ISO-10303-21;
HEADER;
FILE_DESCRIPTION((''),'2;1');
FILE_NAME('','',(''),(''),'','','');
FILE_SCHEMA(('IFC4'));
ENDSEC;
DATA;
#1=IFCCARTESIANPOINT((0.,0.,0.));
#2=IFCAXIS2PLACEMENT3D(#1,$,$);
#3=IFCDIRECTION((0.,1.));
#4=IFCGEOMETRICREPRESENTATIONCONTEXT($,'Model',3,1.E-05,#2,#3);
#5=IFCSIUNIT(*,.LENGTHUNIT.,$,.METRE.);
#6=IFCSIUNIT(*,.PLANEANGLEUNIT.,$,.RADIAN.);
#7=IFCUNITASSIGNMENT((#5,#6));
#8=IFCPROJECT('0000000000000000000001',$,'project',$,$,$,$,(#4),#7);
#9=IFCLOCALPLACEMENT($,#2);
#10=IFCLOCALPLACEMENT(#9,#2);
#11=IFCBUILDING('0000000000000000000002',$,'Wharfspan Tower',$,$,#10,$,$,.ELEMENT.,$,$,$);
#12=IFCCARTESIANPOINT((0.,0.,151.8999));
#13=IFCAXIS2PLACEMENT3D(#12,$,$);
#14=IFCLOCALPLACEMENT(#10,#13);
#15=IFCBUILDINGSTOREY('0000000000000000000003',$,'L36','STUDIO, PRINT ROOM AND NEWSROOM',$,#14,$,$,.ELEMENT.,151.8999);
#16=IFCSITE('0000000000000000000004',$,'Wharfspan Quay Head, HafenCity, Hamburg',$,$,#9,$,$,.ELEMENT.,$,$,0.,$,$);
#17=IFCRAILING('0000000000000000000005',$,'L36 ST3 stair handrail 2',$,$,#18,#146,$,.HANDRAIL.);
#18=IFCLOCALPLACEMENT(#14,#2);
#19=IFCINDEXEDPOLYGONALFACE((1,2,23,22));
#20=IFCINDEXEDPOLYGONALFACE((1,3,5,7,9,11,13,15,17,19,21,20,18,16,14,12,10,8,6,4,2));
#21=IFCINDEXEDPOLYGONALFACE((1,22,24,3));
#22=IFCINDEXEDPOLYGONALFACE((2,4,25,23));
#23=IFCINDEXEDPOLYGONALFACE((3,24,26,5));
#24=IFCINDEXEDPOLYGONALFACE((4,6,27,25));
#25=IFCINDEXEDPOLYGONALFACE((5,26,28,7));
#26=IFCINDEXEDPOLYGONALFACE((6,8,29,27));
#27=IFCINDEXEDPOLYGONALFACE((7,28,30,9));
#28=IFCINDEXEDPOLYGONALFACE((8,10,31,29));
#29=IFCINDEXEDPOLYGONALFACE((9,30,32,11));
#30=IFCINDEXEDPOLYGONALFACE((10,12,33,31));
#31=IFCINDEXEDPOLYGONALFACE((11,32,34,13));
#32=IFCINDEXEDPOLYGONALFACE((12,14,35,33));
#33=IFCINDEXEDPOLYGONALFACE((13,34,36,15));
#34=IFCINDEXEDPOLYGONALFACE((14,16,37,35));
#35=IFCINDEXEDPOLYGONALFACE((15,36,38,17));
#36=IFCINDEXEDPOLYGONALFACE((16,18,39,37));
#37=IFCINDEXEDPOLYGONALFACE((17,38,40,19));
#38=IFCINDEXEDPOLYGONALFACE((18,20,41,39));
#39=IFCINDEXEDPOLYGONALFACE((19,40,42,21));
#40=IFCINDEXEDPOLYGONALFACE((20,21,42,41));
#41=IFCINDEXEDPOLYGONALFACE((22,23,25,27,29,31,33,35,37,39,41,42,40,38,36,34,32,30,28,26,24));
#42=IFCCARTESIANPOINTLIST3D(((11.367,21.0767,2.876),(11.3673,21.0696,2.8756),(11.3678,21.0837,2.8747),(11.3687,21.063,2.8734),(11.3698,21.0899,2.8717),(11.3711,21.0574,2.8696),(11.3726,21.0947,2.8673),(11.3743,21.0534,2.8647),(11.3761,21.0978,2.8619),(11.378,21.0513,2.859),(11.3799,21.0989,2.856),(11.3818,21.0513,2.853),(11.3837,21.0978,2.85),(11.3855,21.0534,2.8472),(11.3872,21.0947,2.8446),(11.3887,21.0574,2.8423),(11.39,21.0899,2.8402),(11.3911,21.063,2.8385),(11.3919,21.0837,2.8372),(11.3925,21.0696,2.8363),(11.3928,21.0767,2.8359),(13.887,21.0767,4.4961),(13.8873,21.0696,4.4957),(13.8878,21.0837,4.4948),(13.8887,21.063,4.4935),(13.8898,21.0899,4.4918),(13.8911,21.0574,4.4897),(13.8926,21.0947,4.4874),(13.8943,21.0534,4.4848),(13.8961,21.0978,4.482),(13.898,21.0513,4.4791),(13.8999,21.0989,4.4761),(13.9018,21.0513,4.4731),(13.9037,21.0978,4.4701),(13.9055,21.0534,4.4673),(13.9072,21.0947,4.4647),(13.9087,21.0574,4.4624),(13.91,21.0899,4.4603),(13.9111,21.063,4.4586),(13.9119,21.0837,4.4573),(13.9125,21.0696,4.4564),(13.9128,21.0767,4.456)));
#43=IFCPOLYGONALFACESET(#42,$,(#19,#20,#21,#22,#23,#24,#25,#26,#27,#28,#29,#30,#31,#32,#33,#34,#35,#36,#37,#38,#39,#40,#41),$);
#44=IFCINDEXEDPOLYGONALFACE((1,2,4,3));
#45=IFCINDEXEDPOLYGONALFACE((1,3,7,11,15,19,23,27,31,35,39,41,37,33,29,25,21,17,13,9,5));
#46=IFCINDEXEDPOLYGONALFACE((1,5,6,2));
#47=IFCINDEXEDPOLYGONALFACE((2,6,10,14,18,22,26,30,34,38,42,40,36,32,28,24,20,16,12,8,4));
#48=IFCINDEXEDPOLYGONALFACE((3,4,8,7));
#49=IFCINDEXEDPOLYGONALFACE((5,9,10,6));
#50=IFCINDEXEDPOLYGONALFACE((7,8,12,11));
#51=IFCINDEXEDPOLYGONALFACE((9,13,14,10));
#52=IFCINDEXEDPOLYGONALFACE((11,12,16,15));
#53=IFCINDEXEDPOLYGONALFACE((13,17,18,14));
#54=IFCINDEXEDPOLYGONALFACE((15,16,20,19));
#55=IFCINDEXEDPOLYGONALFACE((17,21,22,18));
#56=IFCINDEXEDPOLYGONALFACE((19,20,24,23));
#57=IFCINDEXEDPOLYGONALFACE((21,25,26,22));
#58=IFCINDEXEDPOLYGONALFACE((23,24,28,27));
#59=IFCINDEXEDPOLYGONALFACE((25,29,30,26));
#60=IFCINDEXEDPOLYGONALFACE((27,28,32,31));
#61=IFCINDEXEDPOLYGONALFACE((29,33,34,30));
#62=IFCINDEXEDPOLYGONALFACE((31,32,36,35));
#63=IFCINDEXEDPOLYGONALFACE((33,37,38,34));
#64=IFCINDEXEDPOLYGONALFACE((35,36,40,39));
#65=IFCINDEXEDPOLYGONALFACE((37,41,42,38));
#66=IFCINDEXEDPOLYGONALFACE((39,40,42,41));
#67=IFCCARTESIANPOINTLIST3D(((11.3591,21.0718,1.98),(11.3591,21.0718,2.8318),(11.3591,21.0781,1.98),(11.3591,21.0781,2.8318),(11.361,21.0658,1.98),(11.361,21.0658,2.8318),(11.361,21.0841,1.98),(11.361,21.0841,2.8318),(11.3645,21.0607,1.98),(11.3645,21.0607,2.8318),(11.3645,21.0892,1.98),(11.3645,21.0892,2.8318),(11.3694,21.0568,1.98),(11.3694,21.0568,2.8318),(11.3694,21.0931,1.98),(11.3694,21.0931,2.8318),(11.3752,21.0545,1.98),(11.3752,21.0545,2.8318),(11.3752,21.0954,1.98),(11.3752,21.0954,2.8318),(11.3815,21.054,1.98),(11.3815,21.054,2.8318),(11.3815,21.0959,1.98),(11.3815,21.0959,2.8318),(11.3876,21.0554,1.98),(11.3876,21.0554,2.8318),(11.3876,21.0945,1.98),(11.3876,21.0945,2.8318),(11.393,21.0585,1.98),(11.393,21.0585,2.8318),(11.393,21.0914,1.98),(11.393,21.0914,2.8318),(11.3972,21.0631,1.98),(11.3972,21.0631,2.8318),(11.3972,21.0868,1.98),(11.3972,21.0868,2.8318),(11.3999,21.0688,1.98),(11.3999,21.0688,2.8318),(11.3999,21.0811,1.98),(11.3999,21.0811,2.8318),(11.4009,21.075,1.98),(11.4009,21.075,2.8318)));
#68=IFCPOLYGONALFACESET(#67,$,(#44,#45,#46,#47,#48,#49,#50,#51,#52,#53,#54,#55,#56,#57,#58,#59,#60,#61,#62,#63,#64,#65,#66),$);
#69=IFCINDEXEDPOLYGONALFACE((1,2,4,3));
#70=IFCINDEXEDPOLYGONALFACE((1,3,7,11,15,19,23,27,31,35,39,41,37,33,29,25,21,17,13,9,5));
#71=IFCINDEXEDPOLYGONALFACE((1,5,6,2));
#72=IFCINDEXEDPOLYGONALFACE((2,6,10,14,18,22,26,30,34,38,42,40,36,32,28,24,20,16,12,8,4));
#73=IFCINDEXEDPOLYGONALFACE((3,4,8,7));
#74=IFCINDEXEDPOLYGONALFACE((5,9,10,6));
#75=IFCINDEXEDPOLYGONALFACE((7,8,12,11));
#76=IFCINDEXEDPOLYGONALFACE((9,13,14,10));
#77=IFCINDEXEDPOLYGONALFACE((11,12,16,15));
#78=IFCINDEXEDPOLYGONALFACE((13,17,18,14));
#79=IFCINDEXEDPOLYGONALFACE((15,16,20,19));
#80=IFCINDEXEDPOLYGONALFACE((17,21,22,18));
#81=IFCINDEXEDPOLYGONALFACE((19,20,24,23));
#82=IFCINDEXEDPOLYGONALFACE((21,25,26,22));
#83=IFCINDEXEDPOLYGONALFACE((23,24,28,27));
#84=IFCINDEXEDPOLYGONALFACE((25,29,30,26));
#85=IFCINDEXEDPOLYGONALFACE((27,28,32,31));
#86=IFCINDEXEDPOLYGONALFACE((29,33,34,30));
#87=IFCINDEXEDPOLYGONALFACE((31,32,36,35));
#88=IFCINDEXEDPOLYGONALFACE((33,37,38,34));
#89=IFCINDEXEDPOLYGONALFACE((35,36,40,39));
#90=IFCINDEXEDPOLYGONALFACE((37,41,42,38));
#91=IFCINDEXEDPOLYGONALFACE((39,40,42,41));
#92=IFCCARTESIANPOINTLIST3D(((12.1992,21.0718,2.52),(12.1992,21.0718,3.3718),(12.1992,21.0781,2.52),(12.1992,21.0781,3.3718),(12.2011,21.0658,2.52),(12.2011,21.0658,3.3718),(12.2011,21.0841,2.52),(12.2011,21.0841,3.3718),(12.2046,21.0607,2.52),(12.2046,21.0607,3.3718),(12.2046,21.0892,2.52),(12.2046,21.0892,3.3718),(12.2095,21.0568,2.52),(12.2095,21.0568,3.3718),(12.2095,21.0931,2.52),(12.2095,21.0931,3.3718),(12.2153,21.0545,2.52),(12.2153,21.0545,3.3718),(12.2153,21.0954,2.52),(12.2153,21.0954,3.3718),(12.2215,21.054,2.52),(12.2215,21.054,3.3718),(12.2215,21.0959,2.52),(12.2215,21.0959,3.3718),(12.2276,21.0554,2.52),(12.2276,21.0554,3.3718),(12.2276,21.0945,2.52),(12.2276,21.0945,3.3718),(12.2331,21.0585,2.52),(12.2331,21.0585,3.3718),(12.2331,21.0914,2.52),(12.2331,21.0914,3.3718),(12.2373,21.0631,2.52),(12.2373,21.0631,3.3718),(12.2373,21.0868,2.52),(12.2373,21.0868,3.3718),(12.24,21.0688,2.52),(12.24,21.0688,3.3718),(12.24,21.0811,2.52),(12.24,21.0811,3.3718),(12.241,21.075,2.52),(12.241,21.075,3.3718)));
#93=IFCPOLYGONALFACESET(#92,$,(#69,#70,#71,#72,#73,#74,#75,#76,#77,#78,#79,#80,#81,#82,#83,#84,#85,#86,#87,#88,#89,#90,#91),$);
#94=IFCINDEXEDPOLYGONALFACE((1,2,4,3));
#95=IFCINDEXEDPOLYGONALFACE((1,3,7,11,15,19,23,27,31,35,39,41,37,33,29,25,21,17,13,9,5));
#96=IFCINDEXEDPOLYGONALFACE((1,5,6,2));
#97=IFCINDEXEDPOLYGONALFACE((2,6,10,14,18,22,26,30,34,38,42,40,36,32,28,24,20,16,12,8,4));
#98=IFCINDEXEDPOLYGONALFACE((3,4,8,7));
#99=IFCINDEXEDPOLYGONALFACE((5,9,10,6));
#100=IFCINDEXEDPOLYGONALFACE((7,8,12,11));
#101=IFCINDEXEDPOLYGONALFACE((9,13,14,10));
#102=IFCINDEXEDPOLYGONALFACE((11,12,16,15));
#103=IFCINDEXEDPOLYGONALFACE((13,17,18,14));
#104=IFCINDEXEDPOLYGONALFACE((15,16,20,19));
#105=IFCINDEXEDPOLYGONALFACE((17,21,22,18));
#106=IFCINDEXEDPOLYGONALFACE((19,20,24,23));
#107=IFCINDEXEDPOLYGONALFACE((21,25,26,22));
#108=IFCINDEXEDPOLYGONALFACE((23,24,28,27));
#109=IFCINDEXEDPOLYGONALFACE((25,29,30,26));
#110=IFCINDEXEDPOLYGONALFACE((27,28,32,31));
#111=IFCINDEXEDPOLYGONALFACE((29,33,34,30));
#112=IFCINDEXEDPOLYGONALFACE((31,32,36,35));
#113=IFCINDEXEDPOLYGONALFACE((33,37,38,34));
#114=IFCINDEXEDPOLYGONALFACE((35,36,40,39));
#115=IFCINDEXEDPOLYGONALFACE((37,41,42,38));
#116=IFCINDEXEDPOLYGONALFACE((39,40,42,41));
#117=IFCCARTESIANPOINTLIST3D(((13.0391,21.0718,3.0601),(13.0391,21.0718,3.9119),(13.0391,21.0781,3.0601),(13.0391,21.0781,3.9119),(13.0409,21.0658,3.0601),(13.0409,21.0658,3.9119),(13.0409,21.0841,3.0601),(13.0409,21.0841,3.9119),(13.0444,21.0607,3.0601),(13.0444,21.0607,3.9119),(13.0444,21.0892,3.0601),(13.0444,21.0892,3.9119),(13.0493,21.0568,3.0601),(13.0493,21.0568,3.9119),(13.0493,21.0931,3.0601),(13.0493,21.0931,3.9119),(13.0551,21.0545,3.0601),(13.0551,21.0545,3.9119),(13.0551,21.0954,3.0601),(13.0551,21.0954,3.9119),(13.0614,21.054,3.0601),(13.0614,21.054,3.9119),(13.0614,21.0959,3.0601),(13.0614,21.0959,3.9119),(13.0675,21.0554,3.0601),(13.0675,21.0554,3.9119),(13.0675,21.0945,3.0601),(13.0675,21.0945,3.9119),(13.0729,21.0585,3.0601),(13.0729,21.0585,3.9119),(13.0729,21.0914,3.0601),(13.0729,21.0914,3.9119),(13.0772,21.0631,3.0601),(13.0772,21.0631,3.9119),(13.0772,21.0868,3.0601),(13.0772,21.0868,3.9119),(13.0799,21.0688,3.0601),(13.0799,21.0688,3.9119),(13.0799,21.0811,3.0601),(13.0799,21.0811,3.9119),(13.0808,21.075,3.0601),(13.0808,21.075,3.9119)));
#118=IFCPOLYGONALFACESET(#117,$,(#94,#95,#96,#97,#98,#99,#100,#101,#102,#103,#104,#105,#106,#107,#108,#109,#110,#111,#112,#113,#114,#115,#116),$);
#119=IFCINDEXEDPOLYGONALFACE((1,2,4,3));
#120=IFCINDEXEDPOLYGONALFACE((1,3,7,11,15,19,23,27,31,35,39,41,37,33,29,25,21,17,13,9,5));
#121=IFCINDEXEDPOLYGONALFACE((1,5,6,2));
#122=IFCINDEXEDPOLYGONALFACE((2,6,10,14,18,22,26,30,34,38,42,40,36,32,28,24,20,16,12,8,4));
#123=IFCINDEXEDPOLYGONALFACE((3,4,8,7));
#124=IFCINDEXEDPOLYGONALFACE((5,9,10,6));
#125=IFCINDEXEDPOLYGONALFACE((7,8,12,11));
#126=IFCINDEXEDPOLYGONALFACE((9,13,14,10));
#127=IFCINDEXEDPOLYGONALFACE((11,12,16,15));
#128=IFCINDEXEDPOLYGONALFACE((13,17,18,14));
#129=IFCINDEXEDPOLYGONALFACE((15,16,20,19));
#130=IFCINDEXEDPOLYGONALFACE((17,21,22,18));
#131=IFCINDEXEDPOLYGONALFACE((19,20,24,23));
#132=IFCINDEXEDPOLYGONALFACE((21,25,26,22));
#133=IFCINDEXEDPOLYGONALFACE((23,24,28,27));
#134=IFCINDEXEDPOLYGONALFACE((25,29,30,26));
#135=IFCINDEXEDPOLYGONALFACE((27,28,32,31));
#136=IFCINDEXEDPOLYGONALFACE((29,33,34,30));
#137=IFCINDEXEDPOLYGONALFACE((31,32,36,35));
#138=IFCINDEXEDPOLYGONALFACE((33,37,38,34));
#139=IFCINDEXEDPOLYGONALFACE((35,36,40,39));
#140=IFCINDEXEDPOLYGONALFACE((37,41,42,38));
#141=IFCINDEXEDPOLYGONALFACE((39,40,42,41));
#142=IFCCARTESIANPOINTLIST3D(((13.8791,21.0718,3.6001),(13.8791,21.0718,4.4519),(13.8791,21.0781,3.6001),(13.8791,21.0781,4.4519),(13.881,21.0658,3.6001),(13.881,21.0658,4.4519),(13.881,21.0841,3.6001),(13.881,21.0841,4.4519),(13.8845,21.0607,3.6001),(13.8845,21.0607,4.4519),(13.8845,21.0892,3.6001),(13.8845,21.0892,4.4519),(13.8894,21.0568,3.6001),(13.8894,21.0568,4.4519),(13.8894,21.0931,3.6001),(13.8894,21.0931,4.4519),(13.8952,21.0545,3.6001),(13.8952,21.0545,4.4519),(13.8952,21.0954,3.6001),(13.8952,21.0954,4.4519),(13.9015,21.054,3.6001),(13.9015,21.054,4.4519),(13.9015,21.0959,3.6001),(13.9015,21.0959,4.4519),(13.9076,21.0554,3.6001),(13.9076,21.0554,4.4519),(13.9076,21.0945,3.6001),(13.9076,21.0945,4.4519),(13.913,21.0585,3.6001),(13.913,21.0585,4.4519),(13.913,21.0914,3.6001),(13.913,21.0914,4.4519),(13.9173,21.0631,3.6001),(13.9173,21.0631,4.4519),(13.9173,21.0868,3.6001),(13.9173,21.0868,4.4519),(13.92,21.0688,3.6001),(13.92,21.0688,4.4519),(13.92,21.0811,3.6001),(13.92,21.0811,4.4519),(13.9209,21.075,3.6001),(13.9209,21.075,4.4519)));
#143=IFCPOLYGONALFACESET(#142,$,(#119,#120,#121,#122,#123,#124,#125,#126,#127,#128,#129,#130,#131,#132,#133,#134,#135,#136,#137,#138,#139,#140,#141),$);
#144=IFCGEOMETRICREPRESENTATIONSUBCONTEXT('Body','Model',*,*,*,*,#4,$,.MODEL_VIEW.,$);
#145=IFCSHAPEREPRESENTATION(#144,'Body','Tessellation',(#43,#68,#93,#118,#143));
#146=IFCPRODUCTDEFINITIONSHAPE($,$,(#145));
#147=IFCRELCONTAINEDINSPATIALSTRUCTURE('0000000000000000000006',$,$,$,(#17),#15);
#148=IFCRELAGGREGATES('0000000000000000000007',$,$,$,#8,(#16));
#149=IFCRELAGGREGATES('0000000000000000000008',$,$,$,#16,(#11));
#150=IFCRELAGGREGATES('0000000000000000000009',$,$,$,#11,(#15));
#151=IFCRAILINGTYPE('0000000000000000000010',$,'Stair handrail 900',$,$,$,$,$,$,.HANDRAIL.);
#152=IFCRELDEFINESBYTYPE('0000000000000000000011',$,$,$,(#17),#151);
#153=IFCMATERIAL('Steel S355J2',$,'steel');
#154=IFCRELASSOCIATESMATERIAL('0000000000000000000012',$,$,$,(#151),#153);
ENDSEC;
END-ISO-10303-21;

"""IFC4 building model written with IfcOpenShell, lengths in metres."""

from ifc_helpers import new_model, si_unit, direction, frame, origin, origin_2d, place, context, subcontext, project, spatial, circle, extrude, material, type_object, element, save


model = new_model("IFC4")

# Units and contexts
model_context = context("Model", 3, precision=1e-05, world=origin(), true_north=direction((0.0, 1.0)))
body_context = subcontext(model_context, "Body", "Model", "MODEL_VIEW")
ifc_project = project(units=[si_unit("LENGTHUNIT", "METRE"), si_unit("PLANEANGLEUNIT", "RADIAN")], contexts=[model_context])

# Site, building, storey
site_placement = place(None, origin())
site = spatial("IfcSite", under=ifc_project, at=site_placement, Name="Wharfspan Quay Head, HafenCity, Hamburg", CompositionType="ELEMENT", RefElevation=0.0)
building_placement = place(site_placement, origin())
building = spatial("IfcBuilding", under=site, at=building_placement, Name="Wharfspan Tower", CompositionType="ELEMENT")
storey_placement = place(building_placement, frame((0.0, 0.0, 151.8999)))
storey = spatial("IfcBuildingStorey", under=building, at=storey_placement, Name="L36", Description="STUDIO, PRINT ROOM AND NEWSROOM", CompositionType="ELEMENT", Elevation=151.8999)

# Shared definitions
ifc_material_1 = material(Name="Steel S355J2", Category="steel")

# Railing
railing_type_1 = type_object("IfcRailingType", Name="Stair handrail 900", PredefinedType="HANDRAIL", material=ifc_material_1)
railing_1_placement = place(storey_placement, frame((11.3799, 21.075, 1.98)))
element("IfcRailing", 1, at=railing_1_placement, inside=storey, type_object=railing_type_1, Name="L36 ST3 stair handrail 2", PredefinedType="HANDRAIL", context=body_context, shape_type="SweptSolid", body=[
    extrude(circle(Radius=0.0239, at=origin_2d()), frame((0.0, 0.0, 0.876), z_axis=(0.841163, 0.0, 0.540782), x_axis=(0.0, 1.0, 0.0)), (0.0, 0.0, 1.0), 2.9958),
    extrude(circle(Radius=0.021, at=origin_2d()), origin(), (0.0, 0.0, 1.0), 0.8518),
    extrude(circle(Radius=0.021, at=origin_2d()), frame((0.8401, 0.0, 0.54)), (0.0, 0.0, 1.0), 0.8518),
    extrude(circle(Radius=0.021, at=origin_2d()), frame((1.6799, 0.0, 1.0801)), (0.0, 0.0, 1.0), 0.8518),
    extrude(circle(Radius=0.021, at=origin_2d()), frame((2.52, 0.0, 1.6201)), (0.0, 0.0, 1.0), 0.8518),
])

save(model, "model.ifc")
